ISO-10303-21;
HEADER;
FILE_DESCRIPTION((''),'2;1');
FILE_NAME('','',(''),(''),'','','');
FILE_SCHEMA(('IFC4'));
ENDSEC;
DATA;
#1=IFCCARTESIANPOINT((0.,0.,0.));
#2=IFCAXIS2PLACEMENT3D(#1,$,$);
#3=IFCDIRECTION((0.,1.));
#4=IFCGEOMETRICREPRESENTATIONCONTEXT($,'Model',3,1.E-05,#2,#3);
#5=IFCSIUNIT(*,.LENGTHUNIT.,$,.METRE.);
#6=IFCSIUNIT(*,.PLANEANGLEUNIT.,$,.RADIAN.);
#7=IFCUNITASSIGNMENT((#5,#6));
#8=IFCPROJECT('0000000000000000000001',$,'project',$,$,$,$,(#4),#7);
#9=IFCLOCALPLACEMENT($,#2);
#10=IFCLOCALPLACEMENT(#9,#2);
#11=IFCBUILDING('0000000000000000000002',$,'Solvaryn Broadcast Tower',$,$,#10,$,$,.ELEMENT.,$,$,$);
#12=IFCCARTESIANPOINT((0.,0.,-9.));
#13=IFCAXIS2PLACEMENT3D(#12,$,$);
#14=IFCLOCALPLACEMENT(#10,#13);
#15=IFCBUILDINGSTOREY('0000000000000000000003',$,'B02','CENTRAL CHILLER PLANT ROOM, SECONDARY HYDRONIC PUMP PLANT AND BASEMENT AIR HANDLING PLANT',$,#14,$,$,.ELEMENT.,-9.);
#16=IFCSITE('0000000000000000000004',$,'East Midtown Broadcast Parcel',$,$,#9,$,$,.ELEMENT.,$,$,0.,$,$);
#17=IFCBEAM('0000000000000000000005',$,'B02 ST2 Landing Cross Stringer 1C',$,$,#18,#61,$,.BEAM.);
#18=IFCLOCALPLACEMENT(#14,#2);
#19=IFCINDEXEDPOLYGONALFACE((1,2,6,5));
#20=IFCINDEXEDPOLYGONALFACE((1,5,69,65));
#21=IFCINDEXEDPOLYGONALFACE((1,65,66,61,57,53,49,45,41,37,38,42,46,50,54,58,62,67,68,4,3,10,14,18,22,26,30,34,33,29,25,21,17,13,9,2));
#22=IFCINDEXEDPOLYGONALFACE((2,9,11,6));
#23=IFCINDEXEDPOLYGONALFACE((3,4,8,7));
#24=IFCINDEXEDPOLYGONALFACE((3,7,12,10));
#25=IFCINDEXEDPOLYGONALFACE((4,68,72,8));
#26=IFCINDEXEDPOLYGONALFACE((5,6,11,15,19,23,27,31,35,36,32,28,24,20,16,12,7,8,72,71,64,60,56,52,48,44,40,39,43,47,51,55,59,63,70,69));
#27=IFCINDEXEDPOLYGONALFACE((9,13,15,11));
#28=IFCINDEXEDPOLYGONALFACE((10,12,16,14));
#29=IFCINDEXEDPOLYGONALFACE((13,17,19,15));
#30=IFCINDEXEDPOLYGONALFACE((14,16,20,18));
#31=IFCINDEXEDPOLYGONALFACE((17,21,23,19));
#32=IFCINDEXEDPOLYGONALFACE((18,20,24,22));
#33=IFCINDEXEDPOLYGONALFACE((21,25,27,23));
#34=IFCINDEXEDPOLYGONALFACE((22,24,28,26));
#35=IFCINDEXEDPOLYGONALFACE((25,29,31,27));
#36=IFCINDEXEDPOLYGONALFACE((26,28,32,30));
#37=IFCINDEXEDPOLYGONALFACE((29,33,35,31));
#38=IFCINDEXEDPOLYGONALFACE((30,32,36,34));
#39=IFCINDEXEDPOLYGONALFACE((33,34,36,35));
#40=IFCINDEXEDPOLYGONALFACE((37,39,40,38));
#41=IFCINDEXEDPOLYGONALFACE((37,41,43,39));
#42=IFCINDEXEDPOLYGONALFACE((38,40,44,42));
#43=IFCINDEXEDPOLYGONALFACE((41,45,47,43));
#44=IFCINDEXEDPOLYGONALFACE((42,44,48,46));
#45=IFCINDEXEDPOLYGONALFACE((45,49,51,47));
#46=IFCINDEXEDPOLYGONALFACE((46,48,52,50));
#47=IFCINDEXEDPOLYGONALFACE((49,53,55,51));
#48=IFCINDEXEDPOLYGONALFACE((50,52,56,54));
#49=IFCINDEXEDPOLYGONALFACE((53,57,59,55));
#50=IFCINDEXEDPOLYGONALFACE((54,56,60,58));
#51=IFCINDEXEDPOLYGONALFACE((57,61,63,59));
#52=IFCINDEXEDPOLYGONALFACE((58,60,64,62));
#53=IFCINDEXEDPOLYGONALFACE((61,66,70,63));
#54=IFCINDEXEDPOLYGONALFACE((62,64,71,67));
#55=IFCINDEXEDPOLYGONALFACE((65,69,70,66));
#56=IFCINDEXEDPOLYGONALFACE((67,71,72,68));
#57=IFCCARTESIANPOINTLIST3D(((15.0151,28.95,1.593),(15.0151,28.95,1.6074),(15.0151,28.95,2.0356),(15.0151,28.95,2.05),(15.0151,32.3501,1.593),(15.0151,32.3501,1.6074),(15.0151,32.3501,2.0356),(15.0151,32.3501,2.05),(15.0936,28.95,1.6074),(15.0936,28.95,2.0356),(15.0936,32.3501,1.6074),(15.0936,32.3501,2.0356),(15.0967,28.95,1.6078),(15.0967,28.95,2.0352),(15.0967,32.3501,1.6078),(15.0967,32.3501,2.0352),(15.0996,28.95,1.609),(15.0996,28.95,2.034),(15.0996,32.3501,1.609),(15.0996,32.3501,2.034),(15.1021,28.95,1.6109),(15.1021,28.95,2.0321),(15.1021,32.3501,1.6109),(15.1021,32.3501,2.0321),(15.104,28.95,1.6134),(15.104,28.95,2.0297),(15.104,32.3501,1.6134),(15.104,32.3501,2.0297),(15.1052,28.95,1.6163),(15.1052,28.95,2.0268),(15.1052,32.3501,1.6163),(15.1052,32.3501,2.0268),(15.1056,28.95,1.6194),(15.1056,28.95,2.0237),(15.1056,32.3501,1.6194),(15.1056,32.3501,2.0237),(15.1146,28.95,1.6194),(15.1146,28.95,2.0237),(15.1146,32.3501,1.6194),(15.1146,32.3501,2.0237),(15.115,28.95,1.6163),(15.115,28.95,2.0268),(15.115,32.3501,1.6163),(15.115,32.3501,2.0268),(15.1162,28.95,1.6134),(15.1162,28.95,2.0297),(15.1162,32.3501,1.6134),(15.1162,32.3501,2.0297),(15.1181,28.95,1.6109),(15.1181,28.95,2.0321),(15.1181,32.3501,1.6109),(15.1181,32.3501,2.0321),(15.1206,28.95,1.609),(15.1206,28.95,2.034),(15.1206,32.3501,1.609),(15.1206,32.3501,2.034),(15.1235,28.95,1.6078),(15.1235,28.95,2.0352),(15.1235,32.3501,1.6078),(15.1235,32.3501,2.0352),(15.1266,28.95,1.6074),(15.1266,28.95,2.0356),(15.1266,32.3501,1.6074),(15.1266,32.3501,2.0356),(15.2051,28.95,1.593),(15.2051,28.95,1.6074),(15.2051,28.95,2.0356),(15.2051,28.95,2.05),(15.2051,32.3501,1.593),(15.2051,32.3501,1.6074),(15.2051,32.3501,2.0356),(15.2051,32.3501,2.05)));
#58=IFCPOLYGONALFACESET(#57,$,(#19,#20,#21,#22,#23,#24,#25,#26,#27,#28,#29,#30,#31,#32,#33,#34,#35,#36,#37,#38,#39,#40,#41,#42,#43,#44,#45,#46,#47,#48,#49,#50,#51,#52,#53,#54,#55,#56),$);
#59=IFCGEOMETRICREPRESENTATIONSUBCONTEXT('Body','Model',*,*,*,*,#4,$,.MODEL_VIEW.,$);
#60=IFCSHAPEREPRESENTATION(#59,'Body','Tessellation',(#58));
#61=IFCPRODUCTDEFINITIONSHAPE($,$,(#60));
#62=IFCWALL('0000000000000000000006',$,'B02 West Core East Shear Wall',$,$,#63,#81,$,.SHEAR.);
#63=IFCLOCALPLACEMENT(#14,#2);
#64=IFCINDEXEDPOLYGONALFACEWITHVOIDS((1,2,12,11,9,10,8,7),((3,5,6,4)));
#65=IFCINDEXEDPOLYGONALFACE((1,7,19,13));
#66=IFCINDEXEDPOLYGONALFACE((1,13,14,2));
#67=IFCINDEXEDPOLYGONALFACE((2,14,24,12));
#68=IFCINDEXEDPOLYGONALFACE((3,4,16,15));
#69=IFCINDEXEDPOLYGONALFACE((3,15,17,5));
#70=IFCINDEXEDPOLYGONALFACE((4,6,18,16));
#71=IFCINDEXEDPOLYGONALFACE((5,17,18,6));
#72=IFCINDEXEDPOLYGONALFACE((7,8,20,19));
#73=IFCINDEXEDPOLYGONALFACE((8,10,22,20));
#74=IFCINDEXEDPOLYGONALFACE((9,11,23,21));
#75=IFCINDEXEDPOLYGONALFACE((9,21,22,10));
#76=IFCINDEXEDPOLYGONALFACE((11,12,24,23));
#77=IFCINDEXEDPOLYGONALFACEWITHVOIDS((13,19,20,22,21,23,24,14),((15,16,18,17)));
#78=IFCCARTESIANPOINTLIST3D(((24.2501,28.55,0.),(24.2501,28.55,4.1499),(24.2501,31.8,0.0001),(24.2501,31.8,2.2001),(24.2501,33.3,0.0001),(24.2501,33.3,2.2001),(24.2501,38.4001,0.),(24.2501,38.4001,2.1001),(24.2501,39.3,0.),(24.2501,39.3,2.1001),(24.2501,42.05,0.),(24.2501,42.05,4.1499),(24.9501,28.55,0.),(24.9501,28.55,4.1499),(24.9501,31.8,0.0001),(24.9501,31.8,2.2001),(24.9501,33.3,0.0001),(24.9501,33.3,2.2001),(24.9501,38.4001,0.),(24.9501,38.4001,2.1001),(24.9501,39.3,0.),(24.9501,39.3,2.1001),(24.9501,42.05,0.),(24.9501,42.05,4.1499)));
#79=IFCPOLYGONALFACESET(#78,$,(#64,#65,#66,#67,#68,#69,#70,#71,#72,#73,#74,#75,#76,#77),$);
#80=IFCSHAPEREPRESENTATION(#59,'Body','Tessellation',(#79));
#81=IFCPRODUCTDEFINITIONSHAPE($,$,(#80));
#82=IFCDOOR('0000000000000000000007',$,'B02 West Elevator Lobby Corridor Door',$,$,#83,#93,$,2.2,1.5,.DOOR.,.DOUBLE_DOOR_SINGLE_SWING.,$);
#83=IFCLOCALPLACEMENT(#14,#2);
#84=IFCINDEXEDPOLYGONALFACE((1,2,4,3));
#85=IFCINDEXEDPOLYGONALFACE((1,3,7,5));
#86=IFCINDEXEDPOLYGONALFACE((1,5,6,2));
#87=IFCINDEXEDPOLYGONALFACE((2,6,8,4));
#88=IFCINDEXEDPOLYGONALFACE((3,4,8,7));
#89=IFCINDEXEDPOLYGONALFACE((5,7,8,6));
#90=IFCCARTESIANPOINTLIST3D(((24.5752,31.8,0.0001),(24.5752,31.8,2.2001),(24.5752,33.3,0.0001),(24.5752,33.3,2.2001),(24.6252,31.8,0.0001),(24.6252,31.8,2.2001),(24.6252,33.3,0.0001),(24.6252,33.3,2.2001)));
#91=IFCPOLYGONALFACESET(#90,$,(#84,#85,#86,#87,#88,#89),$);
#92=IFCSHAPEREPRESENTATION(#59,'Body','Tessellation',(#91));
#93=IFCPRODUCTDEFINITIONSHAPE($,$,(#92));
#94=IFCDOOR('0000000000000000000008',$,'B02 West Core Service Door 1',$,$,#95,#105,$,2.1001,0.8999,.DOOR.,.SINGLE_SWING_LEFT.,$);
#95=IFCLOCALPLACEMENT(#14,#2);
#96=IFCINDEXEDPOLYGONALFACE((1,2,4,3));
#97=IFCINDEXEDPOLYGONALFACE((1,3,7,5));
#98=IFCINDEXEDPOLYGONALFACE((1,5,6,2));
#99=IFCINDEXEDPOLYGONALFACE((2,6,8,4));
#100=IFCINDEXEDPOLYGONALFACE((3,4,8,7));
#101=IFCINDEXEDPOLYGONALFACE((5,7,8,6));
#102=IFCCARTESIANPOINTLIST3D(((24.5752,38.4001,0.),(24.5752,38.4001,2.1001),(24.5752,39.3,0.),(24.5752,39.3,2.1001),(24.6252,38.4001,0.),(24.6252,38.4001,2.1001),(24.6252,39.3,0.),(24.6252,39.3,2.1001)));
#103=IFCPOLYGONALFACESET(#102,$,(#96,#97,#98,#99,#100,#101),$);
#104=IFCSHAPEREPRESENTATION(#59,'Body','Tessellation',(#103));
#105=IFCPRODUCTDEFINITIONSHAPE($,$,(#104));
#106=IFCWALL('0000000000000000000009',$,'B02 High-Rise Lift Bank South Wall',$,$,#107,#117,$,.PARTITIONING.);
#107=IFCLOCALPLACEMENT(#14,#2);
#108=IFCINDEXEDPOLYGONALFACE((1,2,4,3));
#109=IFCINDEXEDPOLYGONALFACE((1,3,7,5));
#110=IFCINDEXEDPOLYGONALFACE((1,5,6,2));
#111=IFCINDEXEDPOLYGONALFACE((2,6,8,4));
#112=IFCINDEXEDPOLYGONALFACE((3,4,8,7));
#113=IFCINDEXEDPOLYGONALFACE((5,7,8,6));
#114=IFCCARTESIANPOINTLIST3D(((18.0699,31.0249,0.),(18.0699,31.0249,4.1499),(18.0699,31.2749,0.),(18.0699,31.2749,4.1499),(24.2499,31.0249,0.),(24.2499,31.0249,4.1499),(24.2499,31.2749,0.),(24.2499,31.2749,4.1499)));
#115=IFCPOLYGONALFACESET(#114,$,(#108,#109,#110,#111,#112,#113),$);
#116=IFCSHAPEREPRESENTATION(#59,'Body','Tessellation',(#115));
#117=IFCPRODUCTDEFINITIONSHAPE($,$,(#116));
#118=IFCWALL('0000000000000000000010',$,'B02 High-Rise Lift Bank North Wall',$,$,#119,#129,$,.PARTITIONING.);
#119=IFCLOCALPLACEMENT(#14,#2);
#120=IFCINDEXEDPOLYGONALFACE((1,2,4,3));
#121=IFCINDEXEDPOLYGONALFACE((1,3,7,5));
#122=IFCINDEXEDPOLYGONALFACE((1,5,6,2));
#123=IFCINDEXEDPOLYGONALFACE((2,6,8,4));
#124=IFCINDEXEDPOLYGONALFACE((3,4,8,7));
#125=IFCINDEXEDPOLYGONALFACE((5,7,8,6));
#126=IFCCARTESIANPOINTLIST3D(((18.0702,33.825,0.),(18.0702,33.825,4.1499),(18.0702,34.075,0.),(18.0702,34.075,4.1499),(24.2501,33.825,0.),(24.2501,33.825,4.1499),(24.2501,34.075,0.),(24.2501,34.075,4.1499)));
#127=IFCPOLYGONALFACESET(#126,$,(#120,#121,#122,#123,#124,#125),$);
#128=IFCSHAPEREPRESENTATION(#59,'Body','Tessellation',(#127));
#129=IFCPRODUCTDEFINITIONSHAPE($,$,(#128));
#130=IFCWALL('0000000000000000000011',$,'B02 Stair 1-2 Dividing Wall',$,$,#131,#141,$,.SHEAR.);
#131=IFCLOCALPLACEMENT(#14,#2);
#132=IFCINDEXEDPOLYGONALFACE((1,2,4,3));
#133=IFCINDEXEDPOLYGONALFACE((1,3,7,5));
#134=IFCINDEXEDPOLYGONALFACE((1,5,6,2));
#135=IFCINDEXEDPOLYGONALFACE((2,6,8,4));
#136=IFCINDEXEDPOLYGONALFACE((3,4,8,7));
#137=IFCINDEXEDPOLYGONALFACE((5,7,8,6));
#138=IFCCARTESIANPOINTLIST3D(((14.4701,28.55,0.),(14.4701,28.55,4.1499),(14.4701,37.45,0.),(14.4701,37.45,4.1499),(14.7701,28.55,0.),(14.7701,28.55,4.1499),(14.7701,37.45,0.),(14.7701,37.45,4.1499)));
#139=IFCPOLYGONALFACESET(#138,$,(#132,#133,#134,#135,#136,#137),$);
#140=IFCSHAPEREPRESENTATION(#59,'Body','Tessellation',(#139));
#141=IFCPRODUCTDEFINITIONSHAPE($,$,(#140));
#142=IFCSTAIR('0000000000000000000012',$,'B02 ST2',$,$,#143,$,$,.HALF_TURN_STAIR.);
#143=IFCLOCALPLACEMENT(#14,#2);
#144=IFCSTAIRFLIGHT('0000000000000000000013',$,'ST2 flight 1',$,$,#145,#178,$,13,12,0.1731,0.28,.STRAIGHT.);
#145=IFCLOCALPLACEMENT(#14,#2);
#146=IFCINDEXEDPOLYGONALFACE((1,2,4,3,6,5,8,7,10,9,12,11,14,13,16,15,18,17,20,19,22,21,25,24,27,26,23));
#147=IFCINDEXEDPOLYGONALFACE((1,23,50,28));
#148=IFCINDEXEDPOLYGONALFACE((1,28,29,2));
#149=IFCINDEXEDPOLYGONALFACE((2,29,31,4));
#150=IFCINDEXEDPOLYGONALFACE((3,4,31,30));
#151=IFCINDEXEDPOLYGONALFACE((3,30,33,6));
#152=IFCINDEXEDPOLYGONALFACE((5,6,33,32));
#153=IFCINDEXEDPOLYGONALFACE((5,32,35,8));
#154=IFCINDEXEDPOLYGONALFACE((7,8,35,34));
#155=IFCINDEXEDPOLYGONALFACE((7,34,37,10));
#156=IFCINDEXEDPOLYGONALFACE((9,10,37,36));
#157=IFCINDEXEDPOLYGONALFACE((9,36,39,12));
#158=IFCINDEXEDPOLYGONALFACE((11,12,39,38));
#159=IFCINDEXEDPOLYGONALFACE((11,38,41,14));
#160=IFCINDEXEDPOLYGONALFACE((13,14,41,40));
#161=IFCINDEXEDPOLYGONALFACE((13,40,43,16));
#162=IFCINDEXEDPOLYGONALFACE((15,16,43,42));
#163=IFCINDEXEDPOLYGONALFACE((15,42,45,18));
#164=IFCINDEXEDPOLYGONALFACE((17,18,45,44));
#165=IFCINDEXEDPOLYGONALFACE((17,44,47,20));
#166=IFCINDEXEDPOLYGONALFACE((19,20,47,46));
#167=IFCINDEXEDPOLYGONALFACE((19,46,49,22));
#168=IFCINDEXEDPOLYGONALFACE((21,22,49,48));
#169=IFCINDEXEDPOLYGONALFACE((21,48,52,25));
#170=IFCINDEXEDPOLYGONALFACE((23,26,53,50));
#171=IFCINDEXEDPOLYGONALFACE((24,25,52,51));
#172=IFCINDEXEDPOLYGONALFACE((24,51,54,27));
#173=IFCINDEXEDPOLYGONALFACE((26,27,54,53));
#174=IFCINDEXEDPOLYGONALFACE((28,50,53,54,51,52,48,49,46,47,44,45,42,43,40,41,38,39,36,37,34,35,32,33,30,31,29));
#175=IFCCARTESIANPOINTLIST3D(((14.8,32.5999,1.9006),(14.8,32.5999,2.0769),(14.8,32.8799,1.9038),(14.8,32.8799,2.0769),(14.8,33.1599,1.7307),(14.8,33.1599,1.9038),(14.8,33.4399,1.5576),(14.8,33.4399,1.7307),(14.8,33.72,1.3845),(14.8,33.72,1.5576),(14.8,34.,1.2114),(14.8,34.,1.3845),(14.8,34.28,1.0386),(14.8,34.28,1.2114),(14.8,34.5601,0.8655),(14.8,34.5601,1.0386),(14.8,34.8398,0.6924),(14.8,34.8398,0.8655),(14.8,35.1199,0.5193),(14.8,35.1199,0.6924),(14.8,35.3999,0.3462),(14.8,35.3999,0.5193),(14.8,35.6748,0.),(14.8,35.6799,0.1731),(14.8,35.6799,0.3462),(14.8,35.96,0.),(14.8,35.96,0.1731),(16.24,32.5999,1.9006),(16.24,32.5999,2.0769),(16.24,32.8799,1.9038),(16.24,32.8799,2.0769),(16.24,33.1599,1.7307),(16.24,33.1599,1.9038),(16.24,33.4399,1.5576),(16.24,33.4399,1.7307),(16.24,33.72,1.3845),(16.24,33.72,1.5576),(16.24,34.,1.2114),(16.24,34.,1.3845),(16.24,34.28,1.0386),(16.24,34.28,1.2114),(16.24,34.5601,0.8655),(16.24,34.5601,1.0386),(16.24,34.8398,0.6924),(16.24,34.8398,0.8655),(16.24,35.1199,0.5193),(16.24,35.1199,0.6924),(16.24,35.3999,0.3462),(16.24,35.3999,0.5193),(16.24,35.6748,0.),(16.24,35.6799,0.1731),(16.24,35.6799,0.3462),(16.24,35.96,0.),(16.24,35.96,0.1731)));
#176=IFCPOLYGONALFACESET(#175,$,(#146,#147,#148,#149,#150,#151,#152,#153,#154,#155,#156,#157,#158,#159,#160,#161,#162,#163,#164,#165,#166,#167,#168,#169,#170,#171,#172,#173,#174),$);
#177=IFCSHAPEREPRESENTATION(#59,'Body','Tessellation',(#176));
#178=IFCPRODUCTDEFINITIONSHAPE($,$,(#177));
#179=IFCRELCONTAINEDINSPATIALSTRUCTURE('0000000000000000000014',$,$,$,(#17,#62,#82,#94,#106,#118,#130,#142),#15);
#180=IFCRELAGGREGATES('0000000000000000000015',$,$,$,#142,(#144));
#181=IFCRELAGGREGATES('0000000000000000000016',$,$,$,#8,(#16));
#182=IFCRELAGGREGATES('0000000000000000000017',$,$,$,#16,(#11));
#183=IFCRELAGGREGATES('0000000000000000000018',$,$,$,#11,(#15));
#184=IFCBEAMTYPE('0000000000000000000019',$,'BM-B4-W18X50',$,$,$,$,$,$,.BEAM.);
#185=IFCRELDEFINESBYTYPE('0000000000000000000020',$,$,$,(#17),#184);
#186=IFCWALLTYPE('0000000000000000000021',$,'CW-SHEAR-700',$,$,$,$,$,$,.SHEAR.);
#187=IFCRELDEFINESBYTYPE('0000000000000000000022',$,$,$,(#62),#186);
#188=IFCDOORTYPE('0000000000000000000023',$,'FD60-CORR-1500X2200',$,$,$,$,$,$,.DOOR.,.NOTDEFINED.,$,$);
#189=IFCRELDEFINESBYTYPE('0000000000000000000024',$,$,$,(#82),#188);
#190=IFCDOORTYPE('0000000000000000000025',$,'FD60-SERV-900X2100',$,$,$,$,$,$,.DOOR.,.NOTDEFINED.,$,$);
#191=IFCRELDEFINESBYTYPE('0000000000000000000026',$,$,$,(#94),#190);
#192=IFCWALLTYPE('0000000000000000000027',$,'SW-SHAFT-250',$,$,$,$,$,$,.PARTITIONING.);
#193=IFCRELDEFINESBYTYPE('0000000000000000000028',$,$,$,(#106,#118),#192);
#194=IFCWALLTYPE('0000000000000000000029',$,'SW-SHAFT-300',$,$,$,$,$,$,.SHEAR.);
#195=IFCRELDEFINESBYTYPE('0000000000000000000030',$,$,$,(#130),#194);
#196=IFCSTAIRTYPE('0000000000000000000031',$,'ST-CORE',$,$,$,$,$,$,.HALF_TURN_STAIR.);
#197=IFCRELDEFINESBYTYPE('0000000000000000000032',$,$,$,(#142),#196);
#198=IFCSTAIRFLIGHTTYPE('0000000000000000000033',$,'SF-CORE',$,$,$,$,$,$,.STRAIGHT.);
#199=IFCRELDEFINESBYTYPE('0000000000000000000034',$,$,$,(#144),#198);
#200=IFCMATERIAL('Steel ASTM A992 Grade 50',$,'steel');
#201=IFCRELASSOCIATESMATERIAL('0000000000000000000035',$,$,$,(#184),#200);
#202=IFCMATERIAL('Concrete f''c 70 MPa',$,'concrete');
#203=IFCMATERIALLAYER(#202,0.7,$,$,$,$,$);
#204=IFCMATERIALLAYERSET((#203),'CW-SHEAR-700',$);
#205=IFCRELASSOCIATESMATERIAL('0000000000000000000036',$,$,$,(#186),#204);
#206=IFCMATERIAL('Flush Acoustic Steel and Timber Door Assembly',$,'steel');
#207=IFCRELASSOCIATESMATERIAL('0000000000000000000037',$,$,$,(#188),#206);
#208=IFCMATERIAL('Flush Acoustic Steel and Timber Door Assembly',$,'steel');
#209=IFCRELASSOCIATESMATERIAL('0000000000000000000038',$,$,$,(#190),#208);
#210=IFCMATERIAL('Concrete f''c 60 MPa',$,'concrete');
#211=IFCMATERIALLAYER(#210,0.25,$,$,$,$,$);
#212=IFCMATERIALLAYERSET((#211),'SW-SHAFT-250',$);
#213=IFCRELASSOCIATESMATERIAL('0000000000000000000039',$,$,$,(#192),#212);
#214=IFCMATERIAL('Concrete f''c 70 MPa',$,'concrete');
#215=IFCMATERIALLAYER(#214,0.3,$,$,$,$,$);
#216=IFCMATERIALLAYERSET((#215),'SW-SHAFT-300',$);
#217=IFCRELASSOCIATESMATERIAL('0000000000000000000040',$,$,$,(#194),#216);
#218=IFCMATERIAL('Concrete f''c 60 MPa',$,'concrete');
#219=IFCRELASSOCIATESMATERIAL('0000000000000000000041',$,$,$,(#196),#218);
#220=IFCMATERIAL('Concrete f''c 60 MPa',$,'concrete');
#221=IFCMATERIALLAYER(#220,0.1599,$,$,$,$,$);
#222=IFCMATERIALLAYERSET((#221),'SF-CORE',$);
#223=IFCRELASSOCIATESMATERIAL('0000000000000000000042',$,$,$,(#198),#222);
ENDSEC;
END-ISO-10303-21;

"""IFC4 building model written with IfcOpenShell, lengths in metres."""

from ifc_helpers import new_model, si_unit, direction, frame, frame_2d, origin, origin_2d, place, context, subcontext, project, spatial, polyline, rectangle, i_section, outline, extrude, material, layer, layer_set, material_profile, profile_set, type_object, element, fill, aggregate, save


model = new_model("IFC4")

# Units and contexts
model_context = context("Model", 3, precision=1e-05, world=origin(), true_north=direction((0.0, 1.0)))
body_context = subcontext(model_context, "Body", "Model", "MODEL_VIEW")
ifc_project = project(units=[si_unit("LENGTHUNIT", "METRE"), si_unit("PLANEANGLEUNIT", "RADIAN")], contexts=[model_context])

# Site, building, storey
site_placement = place(None, origin())
site = spatial("IfcSite", under=ifc_project, at=site_placement, Name="East Midtown Broadcast Parcel", CompositionType="ELEMENT", RefElevation=0.0)
building_placement = place(site_placement, origin())
building = spatial("IfcBuilding", under=site, at=building_placement, Name="Solvaryn Broadcast Tower", CompositionType="ELEMENT")
storey_placement = place(building_placement, frame((0.0, 0.0, -9.0)))
storey = spatial("IfcBuildingStorey", under=building, at=storey_placement, Name="B02", Description="CENTRAL CHILLER PLANT ROOM, SECONDARY HYDRONIC PUMP PLANT AND BASEMENT AIR HANDLING PLANT", CompositionType="ELEMENT", Elevation=-9.0)

# Beam
ifc_material_1 = material(Name="Steel ASTM A992 Grade 50", Category="steel")
ifc_material_profile_1 = material_profile(ifc_material_1, i_section(OverallWidth=0.1899, OverallDepth=0.457, WebThickness=0.009, FlangeThickness=0.0144, FilletRadius=0.012, at=origin_2d()))
ifc_profile_set_1 = profile_set([ifc_material_profile_1], Name="Steel ASTM A992 Grade 50")
beam_type_1 = type_object("IfcBeamType", Name="BM-B4-W18X50", PredefinedType="BEAM", material=ifc_profile_set_1)
beam_1_placement = place(storey_placement, frame((15.1101, 28.95, 1.8215), z_axis=(0.0, 1.0, 0.0), x_axis=(-1.0, 0.0, 0.0)))
element("IfcBeam", 1, at=beam_1_placement, inside=storey, type_object=beam_type_1, Name="B02 ST2 Landing Cross Stringer 1C", PredefinedType="BEAM", context=body_context, shape_type="SweptSolid", body=[
    extrude(i_section(OverallWidth=0.1899, OverallDepth=0.457, WebThickness=0.009, FlangeThickness=0.0144, FilletRadius=0.012, at=origin_2d()), origin(), (0.0, 0.0, 1.0), 3.4001),
])

# Wall, openings, doors
ifc_material_2 = material(Name="Concrete f'c 70 MPa", Category="concrete")
ifc_layer_1 = layer(ifc_material_2, 0.7)
ifc_layer_set_1 = layer_set([ifc_layer_1], Name="CW-SHEAR-700")
wall_type_1 = type_object("IfcWallType", Name="CW-SHEAR-700", PredefinedType="SHEAR", material=ifc_layer_set_1)
wall_1_placement = place(storey_placement, frame((24.6001, 28.55, 0.0), z_axis=(0.0, 0.0, 1.0), x_axis=(0.0, 1.0, 0.0)))
wall_1 = element("IfcWall", 2, at=wall_1_placement, inside=storey, type_object=wall_type_1, Name="B02 West Core East Shear Wall", PredefinedType="SHEAR", context=body_context, shape_type="SweptSolid", body=[
    extrude(rectangle(XDim=13.5, YDim=0.7, at=frame_2d((6.75, 0.0))), origin(), (0.0, 0.0, 1.0), 4.1499),
])
opening_1_placement = place(wall_1_placement, frame((3.25, 0.0, 0.0)))
opening_1 = element("IfcOpeningElement", 3, at=opening_1_placement, cuts=wall_1, PredefinedType="OPENING", context=body_context, shape_type="SweptSolid", body=[
    extrude(rectangle(XDim=1.5, YDim=2.2, at=frame_2d((0.75, 1.1001))), frame((0.0, 0.3601, 0.0), z_axis=(0.0, -1.0, 0.0), x_axis=(1.0, 0.0, 0.0)), (0.0, 0.0, 1.0), 0.72),
])
opening_2_placement = place(wall_1_placement, frame((9.8501, 0.0, 0.0)))
opening_2 = element("IfcOpeningElement", 4, at=opening_2_placement, cuts=wall_1, PredefinedType="OPENING", context=body_context, shape_type="SweptSolid", body=[
    extrude(rectangle(XDim=0.8999, YDim=2.1001, at=frame_2d((0.45, 1.05))), frame((0.0, 0.3601, 0.0), z_axis=(0.0, -1.0, 0.0), x_axis=(1.0, 0.0, 0.0)), (0.0, 0.0, 1.0), 0.72),
])
ifc_material_3 = material(Name="Flush Acoustic Steel and Timber Door Assembly", Category="steel")
door_type_1 = type_object("IfcDoorType", Name="FD60-CORR-1500X2200", OperationType="NOTDEFINED", PredefinedType="DOOR", material=ifc_material_3)
door_1_placement = place(opening_1_placement, origin())
door_1 = element("IfcDoor", 5, at=door_1_placement, inside=storey, type_object=door_type_1, Name="B02 West Elevator Lobby Corridor Door", OperationType="DOUBLE_DOOR_SINGLE_SWING", OverallHeight=2.2, OverallWidth=1.5, PredefinedType="DOOR", context=body_context, shape_type="SweptSolid", body=[
    extrude(rectangle(XDim=1.5, YDim=2.2, at=frame_2d((0.75, 1.1001))), frame((0.0, 0.0249, 0.0), z_axis=(0.0, -1.0, 0.0), x_axis=(1.0, 0.0, 0.0)), (0.0, 0.0, 1.0), 0.05),
])
fill(opening_1, door_1)
ifc_material_4 = material(Name="Flush Acoustic Steel and Timber Door Assembly", Category="steel")
door_type_2 = type_object("IfcDoorType", Name="FD60-SERV-900X2100", OperationType="NOTDEFINED", PredefinedType="DOOR", material=ifc_material_4)
door_2_placement = place(opening_2_placement, origin())
door_2 = element("IfcDoor", 6, at=door_2_placement, inside=storey, type_object=door_type_2, Name="B02 West Core Service Door 1", OperationType="SINGLE_SWING_LEFT", OverallHeight=2.1001, OverallWidth=0.8999, PredefinedType="DOOR", context=body_context, shape_type="SweptSolid", body=[
    extrude(rectangle(XDim=0.8999, YDim=2.1001, at=frame_2d((0.45, 1.05))), frame((0.0, 0.0249, 0.0), z_axis=(0.0, -1.0, 0.0), x_axis=(1.0, 0.0, 0.0)), (0.0, 0.0, 1.0), 0.05),
])
fill(opening_2, door_2)

# Walls
ifc_material_5 = material(Name="Concrete f'c 60 MPa", Category="concrete")
ifc_layer_2 = layer(ifc_material_5, 0.25)
ifc_layer_set_2 = layer_set([ifc_layer_2], Name="SW-SHAFT-250")
wall_type_2 = type_object("IfcWallType", Name="SW-SHAFT-250", PredefinedType="PARTITIONING", material=ifc_layer_set_2)
for number, where, z_axis, x_axis, name in (
    (7, (18.0701, 31.1499, 0.0), (0.0, 0.0, 1.0), (1.0, 0.0, 0.0), "B02 High-Rise Lift Bank South Wall"),
    (8, (24.25, 33.95, 0.0), (0.0, 0.0, 1.0), (-1.0, 0.0, 0.0), "B02 High-Rise Lift Bank North Wall"),
):
    element("IfcWall", number, at=place(storey_placement, frame(where, z_axis=z_axis, x_axis=x_axis)), inside=storey, type_object=wall_type_2, Name=name, PredefinedType="PARTITIONING", context=body_context, shape_type="SweptSolid", body=[
        extrude(rectangle(XDim=6.1799, YDim=0.25, at=frame_2d((3.0898, 0.0))), origin(), (0.0, 0.0, 1.0), 4.1499),
    ])
ifc_material_6 = material(Name="Concrete f'c 70 MPa", Category="concrete")
ifc_layer_3 = layer(ifc_material_6, 0.3)
ifc_layer_set_3 = layer_set([ifc_layer_3], Name="SW-SHAFT-300")
wall_type_3 = type_object("IfcWallType", Name="SW-SHAFT-300", PredefinedType="SHEAR", material=ifc_layer_set_3)
wall_2_placement = place(storey_placement, frame((14.6201, 28.55, 0.0), z_axis=(0.0, 0.0, 1.0), x_axis=(0.0, 1.0, 0.0)))
element("IfcWall", 9, at=wall_2_placement, inside=storey, type_object=wall_type_3, Name="B02 Stair 1-2 Dividing Wall", PredefinedType="SHEAR", context=body_context, shape_type="SweptSolid", body=[
    extrude(rectangle(XDim=8.8999, YDim=0.3, at=frame_2d((4.45, 0.0))), origin(), (0.0, 0.0, 1.0), 4.1499),
])

# Stair, stair flight
ifc_material_7 = material(Name="Concrete f'c 60 MPa", Category="concrete")
stair_type = type_object("IfcStairType", Name="ST-CORE", PredefinedType="HALF_TURN_STAIR", material=ifc_material_7)
stair_placement = place(storey_placement, origin())
stair = element("IfcStair", 10, at=stair_placement, inside=storey, type_object=stair_type, Name="B02 ST2", PredefinedType="HALF_TURN_STAIR")
ifc_material_8 = material(Name="Concrete f'c 60 MPa", Category="concrete")
ifc_layer_4 = layer(ifc_material_8, 0.1599)
ifc_layer_set_4 = layer_set([ifc_layer_4], Name="SF-CORE")
stair_flight_type = type_object("IfcStairFlightType", Name="SF-CORE", PredefinedType="STRAIGHT", material=ifc_layer_set_4)
stair_flight_1_placement = place(storey_placement, frame((15.52, 35.96, 0.0), z_axis=(0.0, 0.0, 1.0), x_axis=(0.0, -1.0, 0.0)))
stair_flight_1 = element("IfcStairFlight", 11, at=stair_flight_1_placement, type_object=stair_flight_type, Name="ST2 flight 1", NumberOfRisers=13, NumberOfTreads=12, PredefinedType="STRAIGHT", RiserHeight=0.1731, TreadLength=0.28, context=body_context, shape_type="SweptSolid", body=[
    extrude(outline(polyline([(0.0, 0.0), (0.0, 0.1731), (0.28, 0.1731), (0.28, 0.3462), (0.5601, 0.3462), (0.5601, 0.5193), (0.8401, 0.5193), (0.8401, 0.6924), (1.1201, 0.6924), (1.1201, 0.8655), (1.3999, 0.8655), (1.3999, 1.0386), (1.6799, 1.0386), (1.6799, 1.2114), (1.96, 1.2114), (1.96, 1.3845), (2.24, 1.3845), (2.24, 1.5576), (2.52, 1.5576), (2.52, 1.7307), (2.8, 1.7307), (2.8, 1.9038), (3.0801, 1.9038), (3.0801, 2.0769), (3.3601, 2.0769), (3.3601, 2.25), (3.3601, 1.9006), (0.2852, 0.0), (0.0, 0.0)])), frame((0.0, 0.72, 0.0), z_axis=(0.0, -1.0, 0.0), x_axis=(1.0, 0.0, 0.0)), (0.0, 0.0, 1.0), 1.4399),
])
aggregate(stair, [stair_flight_1])

save(model, "model.ifc")
